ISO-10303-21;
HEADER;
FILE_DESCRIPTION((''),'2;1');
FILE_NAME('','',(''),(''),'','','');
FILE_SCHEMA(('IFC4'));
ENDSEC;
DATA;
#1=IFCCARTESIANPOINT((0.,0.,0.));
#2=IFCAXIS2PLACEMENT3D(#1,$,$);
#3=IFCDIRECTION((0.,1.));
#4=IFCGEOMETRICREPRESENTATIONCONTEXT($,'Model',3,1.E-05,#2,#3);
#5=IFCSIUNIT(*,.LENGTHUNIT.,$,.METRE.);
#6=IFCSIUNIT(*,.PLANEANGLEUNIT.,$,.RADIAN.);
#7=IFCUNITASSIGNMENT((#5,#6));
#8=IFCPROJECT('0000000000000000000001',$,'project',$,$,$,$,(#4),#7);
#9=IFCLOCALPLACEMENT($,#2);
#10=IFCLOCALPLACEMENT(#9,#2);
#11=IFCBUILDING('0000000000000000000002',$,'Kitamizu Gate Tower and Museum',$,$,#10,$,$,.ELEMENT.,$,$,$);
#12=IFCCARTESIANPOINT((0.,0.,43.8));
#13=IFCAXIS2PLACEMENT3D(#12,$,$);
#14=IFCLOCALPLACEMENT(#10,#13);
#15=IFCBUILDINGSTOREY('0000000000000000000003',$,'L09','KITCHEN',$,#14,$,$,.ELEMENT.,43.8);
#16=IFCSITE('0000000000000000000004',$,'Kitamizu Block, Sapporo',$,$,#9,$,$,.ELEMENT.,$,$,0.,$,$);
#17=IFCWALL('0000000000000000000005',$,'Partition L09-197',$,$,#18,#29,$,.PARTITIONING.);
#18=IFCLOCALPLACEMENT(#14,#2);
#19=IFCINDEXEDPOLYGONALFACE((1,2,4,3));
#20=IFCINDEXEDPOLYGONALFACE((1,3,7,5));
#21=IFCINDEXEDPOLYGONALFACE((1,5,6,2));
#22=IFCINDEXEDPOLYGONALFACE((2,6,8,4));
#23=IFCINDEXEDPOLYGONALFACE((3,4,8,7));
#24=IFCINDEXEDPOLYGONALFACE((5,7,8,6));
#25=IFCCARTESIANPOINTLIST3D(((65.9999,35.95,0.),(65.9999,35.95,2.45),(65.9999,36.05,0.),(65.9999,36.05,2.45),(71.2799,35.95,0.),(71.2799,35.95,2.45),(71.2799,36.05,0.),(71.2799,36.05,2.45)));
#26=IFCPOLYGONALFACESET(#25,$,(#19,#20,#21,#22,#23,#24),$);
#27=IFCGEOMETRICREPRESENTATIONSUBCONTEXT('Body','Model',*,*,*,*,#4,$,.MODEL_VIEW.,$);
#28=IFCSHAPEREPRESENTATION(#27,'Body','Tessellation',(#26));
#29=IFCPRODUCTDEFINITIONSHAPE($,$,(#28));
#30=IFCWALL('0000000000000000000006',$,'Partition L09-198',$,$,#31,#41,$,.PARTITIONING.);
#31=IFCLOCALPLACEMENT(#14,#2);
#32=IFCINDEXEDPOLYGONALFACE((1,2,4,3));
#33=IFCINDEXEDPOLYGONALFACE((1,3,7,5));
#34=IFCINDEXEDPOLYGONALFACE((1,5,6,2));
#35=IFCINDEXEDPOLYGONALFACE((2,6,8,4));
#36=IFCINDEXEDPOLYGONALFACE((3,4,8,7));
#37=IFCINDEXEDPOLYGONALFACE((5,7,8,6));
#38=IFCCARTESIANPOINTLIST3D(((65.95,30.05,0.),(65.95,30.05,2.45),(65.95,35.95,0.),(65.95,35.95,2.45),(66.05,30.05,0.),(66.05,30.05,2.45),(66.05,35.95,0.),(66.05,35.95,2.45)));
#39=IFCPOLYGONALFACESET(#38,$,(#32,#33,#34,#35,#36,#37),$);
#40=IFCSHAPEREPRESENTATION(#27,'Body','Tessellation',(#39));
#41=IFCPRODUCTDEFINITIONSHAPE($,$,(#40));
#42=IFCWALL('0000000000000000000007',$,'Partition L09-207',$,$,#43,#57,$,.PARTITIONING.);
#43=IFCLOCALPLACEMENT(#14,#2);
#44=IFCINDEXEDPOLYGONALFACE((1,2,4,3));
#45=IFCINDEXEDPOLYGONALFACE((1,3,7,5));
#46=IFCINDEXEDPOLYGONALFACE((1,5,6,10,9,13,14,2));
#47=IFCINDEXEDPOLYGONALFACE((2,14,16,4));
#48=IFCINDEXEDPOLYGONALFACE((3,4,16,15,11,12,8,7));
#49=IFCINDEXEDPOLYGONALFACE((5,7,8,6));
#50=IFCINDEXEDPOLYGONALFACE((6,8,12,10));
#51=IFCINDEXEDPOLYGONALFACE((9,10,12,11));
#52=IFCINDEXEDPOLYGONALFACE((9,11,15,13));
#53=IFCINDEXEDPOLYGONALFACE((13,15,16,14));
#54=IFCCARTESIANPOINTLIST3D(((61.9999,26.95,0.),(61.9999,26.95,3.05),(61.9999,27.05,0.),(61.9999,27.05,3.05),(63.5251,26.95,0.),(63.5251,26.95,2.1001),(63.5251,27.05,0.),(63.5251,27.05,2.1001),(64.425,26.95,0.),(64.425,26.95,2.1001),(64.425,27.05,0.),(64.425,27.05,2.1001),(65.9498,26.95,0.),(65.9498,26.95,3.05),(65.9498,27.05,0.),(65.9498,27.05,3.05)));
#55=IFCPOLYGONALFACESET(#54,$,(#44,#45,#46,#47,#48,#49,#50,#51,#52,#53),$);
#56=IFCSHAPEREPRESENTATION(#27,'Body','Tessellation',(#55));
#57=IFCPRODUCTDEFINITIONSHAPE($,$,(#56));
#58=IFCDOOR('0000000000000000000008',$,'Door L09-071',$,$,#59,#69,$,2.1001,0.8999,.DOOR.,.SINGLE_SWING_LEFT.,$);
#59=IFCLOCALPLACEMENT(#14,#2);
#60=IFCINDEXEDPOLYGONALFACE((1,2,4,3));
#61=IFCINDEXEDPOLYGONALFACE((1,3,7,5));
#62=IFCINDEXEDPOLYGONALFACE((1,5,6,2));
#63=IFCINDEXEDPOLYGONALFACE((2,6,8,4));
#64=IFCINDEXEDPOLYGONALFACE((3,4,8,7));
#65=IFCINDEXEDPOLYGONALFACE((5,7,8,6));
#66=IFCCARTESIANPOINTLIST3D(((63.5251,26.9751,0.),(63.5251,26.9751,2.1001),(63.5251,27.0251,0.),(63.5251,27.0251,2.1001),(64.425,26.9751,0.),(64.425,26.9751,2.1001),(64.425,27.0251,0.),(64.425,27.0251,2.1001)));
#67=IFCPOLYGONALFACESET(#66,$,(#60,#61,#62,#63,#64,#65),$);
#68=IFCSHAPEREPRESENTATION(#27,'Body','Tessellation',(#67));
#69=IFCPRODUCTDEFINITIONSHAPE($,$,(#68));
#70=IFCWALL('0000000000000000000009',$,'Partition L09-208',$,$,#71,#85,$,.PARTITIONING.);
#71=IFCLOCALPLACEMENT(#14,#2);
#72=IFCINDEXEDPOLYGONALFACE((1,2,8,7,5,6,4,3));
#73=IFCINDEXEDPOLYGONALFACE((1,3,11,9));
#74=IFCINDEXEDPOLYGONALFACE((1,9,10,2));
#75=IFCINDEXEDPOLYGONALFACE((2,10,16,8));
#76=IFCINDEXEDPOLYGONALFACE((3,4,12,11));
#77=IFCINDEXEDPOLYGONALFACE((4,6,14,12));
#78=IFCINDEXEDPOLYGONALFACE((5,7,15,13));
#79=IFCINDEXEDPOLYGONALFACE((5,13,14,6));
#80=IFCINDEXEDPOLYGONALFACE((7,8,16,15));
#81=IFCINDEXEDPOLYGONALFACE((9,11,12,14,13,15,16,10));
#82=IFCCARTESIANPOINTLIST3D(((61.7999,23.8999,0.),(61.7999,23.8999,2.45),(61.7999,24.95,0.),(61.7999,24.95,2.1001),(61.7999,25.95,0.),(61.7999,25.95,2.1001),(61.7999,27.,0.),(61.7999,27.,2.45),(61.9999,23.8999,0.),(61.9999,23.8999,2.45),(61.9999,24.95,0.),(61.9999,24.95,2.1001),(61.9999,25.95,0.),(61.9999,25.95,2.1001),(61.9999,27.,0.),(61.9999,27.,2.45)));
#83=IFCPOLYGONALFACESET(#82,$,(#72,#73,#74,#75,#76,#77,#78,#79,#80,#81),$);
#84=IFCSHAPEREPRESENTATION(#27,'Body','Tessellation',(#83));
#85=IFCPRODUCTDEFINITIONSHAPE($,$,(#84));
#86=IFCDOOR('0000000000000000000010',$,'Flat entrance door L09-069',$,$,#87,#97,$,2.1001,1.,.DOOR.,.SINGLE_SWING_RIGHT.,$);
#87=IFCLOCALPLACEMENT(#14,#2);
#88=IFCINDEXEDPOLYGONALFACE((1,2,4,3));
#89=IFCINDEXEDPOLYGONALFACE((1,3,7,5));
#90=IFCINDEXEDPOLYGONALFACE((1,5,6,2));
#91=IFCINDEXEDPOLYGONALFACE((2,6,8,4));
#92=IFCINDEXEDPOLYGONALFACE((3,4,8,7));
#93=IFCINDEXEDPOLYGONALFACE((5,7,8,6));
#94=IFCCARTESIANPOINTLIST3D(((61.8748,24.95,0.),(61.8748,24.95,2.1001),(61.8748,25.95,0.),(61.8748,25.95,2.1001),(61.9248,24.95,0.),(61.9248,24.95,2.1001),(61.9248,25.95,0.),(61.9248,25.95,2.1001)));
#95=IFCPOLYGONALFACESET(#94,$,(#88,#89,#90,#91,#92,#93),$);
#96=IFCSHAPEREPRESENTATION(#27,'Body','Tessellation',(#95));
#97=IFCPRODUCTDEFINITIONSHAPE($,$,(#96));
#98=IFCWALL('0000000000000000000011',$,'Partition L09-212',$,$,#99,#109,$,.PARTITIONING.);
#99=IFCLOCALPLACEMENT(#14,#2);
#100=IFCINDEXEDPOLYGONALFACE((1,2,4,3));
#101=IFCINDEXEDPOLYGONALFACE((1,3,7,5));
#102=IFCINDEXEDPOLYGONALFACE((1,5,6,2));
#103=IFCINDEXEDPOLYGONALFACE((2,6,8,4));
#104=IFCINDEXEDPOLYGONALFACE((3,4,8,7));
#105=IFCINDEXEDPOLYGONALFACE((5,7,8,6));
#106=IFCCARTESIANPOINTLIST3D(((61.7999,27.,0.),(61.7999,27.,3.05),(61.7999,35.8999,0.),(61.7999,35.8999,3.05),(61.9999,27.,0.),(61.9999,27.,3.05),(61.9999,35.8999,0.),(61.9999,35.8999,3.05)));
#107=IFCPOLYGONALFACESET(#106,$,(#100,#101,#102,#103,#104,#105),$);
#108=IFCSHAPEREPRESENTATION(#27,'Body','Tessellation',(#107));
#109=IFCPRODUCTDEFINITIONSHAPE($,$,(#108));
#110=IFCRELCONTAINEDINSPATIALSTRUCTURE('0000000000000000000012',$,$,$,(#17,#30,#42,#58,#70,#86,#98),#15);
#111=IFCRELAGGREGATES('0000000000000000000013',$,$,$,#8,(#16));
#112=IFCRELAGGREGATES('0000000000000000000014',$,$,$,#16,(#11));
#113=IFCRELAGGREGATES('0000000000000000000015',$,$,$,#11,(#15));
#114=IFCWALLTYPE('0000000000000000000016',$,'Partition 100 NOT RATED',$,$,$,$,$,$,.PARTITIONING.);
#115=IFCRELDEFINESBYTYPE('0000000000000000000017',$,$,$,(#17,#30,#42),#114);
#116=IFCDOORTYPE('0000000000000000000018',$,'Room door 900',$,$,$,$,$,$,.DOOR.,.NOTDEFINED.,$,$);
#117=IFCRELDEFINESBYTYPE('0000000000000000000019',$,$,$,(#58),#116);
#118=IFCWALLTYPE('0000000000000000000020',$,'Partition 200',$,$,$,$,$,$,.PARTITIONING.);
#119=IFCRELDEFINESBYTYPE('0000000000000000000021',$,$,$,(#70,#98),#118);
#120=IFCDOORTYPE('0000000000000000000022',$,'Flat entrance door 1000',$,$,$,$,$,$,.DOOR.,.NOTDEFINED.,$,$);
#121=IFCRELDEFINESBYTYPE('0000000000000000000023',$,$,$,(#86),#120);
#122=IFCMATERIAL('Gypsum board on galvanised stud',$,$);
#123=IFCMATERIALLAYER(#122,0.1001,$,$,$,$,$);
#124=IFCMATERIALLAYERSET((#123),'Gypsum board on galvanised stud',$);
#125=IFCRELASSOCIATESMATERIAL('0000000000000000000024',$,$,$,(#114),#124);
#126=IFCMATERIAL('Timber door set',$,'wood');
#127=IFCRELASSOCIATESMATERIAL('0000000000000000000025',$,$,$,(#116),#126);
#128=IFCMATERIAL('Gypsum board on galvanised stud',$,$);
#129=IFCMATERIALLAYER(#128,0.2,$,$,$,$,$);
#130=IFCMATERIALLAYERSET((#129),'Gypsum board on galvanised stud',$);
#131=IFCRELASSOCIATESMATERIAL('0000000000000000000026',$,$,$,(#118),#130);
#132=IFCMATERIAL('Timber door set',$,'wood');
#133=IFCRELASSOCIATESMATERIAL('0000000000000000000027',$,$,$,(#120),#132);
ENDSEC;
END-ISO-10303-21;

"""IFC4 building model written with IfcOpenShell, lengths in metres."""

from ifc_helpers import new_model, si_unit, direction, frame, frame_2d, origin, place, context, subcontext, project, spatial, rectangle, extrude, material, layer, layer_set, type_object, element, fill, save


model = new_model("IFC4")

# Units and contexts
model_context = context("Model", 3, precision=1e-05, world=origin(), true_north=direction((0.0, 1.0)))
body_context = subcontext(model_context, "Body", "Model", "MODEL_VIEW")
ifc_project = project(units=[si_unit("LENGTHUNIT", "METRE"), si_unit("PLANEANGLEUNIT", "RADIAN")], contexts=[model_context])

# Site, building, storey
site_placement = place(None, origin())
site = spatial("IfcSite", under=ifc_project, at=site_placement, Name="Kitamizu Block, Sapporo", CompositionType="ELEMENT", RefElevation=0.0)
building_placement = place(site_placement, origin())
building = spatial("IfcBuilding", under=site, at=building_placement, Name="Kitamizu Gate Tower and Museum", CompositionType="ELEMENT")
storey_placement = place(building_placement, frame((0.0, 0.0, 43.8)))
storey = spatial("IfcBuildingStorey", under=building, at=storey_placement, Name="L09", Description="KITCHEN", CompositionType="ELEMENT", Elevation=43.8)

# Shared definitions
ifc_material_1 = material(Name="Gypsum board on galvanised stud")
ifc_layer_1 = layer(ifc_material_1, 0.1001)
ifc_layer_set_1 = layer_set([ifc_layer_1], Name="Gypsum board on galvanised stud")
wall_type_1 = type_object("IfcWallType", Name="Partition 100 NOT RATED", PredefinedType="PARTITIONING", material=ifc_layer_set_1)
ifc_material_2 = material(Name="Timber door set", Category="wood")
door_type_1 = type_object("IfcDoorType", Name="Room door 900", OperationType="NOTDEFINED", PredefinedType="DOOR", material=ifc_material_2)

# Walls
wall_1_placement = place(storey_placement, frame((71.28, 36.0, 0.0), z_axis=(0.0, 0.0, 1.0), x_axis=(-1.0, 0.0, 0.0)))
element("IfcWall", 1, at=wall_1_placement, inside=storey, type_object=wall_type_1, Name="Partition L09-197", PredefinedType="PARTITIONING", context=body_context, shape_type="SweptSolid", body=[
    extrude(rectangle(XDim=5.28, YDim=0.1001, at=frame_2d((2.6401, 0.0))), origin(), (0.0, 0.0, 1.0), 2.45),
])
wall_2_placement = place(storey_placement, frame((66.0, 35.95, 0.0), z_axis=(0.0, 0.0, 1.0), x_axis=(0.0, -1.0, 0.0)))
element("IfcWall", 2, at=wall_2_placement, inside=storey, type_object=wall_type_1, Name="Partition L09-198", PredefinedType="PARTITIONING", context=body_context, shape_type="SweptSolid", body=[
    extrude(rectangle(XDim=5.8999, YDim=0.1001, at=frame_2d((2.95, 0.0))), origin(), (0.0, 0.0, 1.0), 2.45),
])

# Walls, openings, doors
wall_3_placement = place(storey_placement, frame((65.95, 27.0, 0.0), z_axis=(0.0, 0.0, 1.0), x_axis=(-1.0, 0.0, 0.0)))
wall_3 = element("IfcWall", 3, at=wall_3_placement, inside=storey, type_object=wall_type_1, Name="Partition L09-207", PredefinedType="PARTITIONING", context=body_context, shape_type="SweptSolid", body=[
    extrude(rectangle(XDim=3.95, YDim=0.1001, at=frame_2d((1.9751, 0.0))), origin(), (0.0, 0.0, 1.0), 3.05),
])
opening_1_placement = place(wall_3_placement, frame((1.5249, 0.0, 0.0)))
opening_1 = element("IfcOpeningElement", 4, at=opening_1_placement, cuts=wall_3, PredefinedType="OPENING", context=body_context, shape_type="SweptSolid", body=[
    extrude(rectangle(XDim=0.8999, YDim=2.1001, at=frame_2d((0.45, 1.05))), frame((0.0, 0.0601, 0.0), z_axis=(0.0, -1.0, 0.0), x_axis=(1.0, 0.0, 0.0)), (0.0, 0.0, 1.0), 0.1201),
])
door_1_placement = place(opening_1_placement, origin())
door_1 = element("IfcDoor", 5, at=door_1_placement, inside=storey, type_object=door_type_1, Name="Door L09-071", OperationType="SINGLE_SWING_LEFT", OverallHeight=2.1001, OverallWidth=0.8999, PredefinedType="DOOR", context=body_context, shape_type="SweptSolid", body=[
    extrude(rectangle(XDim=0.8999, YDim=2.1001, at=frame_2d((0.45, 1.05))), frame((0.0, 0.0249, 0.0), z_axis=(0.0, -1.0, 0.0), x_axis=(1.0, 0.0, 0.0)), (0.0, 0.0, 1.0), 0.05),
])
fill(opening_1, door_1)
ifc_material_3 = material(Name="Gypsum board on galvanised stud")
ifc_layer_2 = layer(ifc_material_3, 0.2)
ifc_layer_set_2 = layer_set([ifc_layer_2], Name="Gypsum board on galvanised stud")
wall_type_2 = type_object("IfcWallType", Name="Partition 200", PredefinedType="PARTITIONING", material=ifc_layer_set_2)
wall_4_placement = place(storey_placement, frame((61.8999, 27.0, 0.0), z_axis=(0.0, 0.0, 1.0), x_axis=(0.0, -1.0, 0.0)))
wall_4 = element("IfcWall", 6, at=wall_4_placement, inside=storey, type_object=wall_type_2, Name="Partition L09-208", PredefinedType="PARTITIONING", context=body_context, shape_type="SweptSolid", body=[
    extrude(rectangle(XDim=3.1001, YDim=0.2, at=frame_2d((1.55, 0.0))), origin(), (0.0, 0.0, 1.0), 2.45),
])
opening_2_placement = place(wall_4_placement, frame((1.05, 0.0, 0.0)))
opening_2 = element("IfcOpeningElement", 7, at=opening_2_placement, cuts=wall_4, PredefinedType="OPENING", context=body_context, shape_type="SweptSolid", body=[
    extrude(rectangle(XDim=1.0, YDim=2.1001, at=frame_2d((0.5, 1.05))), frame((0.0, 0.1099, 0.0), z_axis=(0.0, -1.0, 0.0), x_axis=(1.0, 0.0, 0.0)), (0.0, 0.0, 1.0), 0.22),
])
ifc_material_4 = material(Name="Timber door set", Category="wood")
door_type_2 = type_object("IfcDoorType", Name="Flat entrance door 1000", OperationType="NOTDEFINED", PredefinedType="DOOR", material=ifc_material_4)
door_2_placement = place(opening_2_placement, origin())
door_2 = element("IfcDoor", 8, at=door_2_placement, inside=storey, type_object=door_type_2, Name="Flat entrance door L09-069", OperationType="SINGLE_SWING_RIGHT", OverallHeight=2.1001, OverallWidth=1.0, PredefinedType="DOOR", context=body_context, shape_type="SweptSolid", body=[
    extrude(rectangle(XDim=1.0, YDim=2.1001, at=frame_2d((0.5, 1.05))), frame((0.0, 0.0249, 0.0), z_axis=(0.0, -1.0, 0.0), x_axis=(1.0, 0.0, 0.0)), (0.0, 0.0, 1.0), 0.05),
])
fill(opening_2, door_2)

# Wall
wall_5_placement = place(storey_placement, frame((61.8999, 35.8999, 0.0), z_axis=(0.0, 0.0, 1.0), x_axis=(0.0, -1.0, 0.0)))
element("IfcWall", 9, at=wall_5_placement, inside=storey, type_object=wall_type_2, Name="Partition L09-212", PredefinedType="PARTITIONING", context=body_context, shape_type="SweptSolid", body=[
    extrude(rectangle(XDim=8.8999, YDim=0.2, at=frame_2d((4.45, 0.0))), origin(), (0.0, 0.0, 1.0), 3.05),
])

save(model, "model.ifc")
